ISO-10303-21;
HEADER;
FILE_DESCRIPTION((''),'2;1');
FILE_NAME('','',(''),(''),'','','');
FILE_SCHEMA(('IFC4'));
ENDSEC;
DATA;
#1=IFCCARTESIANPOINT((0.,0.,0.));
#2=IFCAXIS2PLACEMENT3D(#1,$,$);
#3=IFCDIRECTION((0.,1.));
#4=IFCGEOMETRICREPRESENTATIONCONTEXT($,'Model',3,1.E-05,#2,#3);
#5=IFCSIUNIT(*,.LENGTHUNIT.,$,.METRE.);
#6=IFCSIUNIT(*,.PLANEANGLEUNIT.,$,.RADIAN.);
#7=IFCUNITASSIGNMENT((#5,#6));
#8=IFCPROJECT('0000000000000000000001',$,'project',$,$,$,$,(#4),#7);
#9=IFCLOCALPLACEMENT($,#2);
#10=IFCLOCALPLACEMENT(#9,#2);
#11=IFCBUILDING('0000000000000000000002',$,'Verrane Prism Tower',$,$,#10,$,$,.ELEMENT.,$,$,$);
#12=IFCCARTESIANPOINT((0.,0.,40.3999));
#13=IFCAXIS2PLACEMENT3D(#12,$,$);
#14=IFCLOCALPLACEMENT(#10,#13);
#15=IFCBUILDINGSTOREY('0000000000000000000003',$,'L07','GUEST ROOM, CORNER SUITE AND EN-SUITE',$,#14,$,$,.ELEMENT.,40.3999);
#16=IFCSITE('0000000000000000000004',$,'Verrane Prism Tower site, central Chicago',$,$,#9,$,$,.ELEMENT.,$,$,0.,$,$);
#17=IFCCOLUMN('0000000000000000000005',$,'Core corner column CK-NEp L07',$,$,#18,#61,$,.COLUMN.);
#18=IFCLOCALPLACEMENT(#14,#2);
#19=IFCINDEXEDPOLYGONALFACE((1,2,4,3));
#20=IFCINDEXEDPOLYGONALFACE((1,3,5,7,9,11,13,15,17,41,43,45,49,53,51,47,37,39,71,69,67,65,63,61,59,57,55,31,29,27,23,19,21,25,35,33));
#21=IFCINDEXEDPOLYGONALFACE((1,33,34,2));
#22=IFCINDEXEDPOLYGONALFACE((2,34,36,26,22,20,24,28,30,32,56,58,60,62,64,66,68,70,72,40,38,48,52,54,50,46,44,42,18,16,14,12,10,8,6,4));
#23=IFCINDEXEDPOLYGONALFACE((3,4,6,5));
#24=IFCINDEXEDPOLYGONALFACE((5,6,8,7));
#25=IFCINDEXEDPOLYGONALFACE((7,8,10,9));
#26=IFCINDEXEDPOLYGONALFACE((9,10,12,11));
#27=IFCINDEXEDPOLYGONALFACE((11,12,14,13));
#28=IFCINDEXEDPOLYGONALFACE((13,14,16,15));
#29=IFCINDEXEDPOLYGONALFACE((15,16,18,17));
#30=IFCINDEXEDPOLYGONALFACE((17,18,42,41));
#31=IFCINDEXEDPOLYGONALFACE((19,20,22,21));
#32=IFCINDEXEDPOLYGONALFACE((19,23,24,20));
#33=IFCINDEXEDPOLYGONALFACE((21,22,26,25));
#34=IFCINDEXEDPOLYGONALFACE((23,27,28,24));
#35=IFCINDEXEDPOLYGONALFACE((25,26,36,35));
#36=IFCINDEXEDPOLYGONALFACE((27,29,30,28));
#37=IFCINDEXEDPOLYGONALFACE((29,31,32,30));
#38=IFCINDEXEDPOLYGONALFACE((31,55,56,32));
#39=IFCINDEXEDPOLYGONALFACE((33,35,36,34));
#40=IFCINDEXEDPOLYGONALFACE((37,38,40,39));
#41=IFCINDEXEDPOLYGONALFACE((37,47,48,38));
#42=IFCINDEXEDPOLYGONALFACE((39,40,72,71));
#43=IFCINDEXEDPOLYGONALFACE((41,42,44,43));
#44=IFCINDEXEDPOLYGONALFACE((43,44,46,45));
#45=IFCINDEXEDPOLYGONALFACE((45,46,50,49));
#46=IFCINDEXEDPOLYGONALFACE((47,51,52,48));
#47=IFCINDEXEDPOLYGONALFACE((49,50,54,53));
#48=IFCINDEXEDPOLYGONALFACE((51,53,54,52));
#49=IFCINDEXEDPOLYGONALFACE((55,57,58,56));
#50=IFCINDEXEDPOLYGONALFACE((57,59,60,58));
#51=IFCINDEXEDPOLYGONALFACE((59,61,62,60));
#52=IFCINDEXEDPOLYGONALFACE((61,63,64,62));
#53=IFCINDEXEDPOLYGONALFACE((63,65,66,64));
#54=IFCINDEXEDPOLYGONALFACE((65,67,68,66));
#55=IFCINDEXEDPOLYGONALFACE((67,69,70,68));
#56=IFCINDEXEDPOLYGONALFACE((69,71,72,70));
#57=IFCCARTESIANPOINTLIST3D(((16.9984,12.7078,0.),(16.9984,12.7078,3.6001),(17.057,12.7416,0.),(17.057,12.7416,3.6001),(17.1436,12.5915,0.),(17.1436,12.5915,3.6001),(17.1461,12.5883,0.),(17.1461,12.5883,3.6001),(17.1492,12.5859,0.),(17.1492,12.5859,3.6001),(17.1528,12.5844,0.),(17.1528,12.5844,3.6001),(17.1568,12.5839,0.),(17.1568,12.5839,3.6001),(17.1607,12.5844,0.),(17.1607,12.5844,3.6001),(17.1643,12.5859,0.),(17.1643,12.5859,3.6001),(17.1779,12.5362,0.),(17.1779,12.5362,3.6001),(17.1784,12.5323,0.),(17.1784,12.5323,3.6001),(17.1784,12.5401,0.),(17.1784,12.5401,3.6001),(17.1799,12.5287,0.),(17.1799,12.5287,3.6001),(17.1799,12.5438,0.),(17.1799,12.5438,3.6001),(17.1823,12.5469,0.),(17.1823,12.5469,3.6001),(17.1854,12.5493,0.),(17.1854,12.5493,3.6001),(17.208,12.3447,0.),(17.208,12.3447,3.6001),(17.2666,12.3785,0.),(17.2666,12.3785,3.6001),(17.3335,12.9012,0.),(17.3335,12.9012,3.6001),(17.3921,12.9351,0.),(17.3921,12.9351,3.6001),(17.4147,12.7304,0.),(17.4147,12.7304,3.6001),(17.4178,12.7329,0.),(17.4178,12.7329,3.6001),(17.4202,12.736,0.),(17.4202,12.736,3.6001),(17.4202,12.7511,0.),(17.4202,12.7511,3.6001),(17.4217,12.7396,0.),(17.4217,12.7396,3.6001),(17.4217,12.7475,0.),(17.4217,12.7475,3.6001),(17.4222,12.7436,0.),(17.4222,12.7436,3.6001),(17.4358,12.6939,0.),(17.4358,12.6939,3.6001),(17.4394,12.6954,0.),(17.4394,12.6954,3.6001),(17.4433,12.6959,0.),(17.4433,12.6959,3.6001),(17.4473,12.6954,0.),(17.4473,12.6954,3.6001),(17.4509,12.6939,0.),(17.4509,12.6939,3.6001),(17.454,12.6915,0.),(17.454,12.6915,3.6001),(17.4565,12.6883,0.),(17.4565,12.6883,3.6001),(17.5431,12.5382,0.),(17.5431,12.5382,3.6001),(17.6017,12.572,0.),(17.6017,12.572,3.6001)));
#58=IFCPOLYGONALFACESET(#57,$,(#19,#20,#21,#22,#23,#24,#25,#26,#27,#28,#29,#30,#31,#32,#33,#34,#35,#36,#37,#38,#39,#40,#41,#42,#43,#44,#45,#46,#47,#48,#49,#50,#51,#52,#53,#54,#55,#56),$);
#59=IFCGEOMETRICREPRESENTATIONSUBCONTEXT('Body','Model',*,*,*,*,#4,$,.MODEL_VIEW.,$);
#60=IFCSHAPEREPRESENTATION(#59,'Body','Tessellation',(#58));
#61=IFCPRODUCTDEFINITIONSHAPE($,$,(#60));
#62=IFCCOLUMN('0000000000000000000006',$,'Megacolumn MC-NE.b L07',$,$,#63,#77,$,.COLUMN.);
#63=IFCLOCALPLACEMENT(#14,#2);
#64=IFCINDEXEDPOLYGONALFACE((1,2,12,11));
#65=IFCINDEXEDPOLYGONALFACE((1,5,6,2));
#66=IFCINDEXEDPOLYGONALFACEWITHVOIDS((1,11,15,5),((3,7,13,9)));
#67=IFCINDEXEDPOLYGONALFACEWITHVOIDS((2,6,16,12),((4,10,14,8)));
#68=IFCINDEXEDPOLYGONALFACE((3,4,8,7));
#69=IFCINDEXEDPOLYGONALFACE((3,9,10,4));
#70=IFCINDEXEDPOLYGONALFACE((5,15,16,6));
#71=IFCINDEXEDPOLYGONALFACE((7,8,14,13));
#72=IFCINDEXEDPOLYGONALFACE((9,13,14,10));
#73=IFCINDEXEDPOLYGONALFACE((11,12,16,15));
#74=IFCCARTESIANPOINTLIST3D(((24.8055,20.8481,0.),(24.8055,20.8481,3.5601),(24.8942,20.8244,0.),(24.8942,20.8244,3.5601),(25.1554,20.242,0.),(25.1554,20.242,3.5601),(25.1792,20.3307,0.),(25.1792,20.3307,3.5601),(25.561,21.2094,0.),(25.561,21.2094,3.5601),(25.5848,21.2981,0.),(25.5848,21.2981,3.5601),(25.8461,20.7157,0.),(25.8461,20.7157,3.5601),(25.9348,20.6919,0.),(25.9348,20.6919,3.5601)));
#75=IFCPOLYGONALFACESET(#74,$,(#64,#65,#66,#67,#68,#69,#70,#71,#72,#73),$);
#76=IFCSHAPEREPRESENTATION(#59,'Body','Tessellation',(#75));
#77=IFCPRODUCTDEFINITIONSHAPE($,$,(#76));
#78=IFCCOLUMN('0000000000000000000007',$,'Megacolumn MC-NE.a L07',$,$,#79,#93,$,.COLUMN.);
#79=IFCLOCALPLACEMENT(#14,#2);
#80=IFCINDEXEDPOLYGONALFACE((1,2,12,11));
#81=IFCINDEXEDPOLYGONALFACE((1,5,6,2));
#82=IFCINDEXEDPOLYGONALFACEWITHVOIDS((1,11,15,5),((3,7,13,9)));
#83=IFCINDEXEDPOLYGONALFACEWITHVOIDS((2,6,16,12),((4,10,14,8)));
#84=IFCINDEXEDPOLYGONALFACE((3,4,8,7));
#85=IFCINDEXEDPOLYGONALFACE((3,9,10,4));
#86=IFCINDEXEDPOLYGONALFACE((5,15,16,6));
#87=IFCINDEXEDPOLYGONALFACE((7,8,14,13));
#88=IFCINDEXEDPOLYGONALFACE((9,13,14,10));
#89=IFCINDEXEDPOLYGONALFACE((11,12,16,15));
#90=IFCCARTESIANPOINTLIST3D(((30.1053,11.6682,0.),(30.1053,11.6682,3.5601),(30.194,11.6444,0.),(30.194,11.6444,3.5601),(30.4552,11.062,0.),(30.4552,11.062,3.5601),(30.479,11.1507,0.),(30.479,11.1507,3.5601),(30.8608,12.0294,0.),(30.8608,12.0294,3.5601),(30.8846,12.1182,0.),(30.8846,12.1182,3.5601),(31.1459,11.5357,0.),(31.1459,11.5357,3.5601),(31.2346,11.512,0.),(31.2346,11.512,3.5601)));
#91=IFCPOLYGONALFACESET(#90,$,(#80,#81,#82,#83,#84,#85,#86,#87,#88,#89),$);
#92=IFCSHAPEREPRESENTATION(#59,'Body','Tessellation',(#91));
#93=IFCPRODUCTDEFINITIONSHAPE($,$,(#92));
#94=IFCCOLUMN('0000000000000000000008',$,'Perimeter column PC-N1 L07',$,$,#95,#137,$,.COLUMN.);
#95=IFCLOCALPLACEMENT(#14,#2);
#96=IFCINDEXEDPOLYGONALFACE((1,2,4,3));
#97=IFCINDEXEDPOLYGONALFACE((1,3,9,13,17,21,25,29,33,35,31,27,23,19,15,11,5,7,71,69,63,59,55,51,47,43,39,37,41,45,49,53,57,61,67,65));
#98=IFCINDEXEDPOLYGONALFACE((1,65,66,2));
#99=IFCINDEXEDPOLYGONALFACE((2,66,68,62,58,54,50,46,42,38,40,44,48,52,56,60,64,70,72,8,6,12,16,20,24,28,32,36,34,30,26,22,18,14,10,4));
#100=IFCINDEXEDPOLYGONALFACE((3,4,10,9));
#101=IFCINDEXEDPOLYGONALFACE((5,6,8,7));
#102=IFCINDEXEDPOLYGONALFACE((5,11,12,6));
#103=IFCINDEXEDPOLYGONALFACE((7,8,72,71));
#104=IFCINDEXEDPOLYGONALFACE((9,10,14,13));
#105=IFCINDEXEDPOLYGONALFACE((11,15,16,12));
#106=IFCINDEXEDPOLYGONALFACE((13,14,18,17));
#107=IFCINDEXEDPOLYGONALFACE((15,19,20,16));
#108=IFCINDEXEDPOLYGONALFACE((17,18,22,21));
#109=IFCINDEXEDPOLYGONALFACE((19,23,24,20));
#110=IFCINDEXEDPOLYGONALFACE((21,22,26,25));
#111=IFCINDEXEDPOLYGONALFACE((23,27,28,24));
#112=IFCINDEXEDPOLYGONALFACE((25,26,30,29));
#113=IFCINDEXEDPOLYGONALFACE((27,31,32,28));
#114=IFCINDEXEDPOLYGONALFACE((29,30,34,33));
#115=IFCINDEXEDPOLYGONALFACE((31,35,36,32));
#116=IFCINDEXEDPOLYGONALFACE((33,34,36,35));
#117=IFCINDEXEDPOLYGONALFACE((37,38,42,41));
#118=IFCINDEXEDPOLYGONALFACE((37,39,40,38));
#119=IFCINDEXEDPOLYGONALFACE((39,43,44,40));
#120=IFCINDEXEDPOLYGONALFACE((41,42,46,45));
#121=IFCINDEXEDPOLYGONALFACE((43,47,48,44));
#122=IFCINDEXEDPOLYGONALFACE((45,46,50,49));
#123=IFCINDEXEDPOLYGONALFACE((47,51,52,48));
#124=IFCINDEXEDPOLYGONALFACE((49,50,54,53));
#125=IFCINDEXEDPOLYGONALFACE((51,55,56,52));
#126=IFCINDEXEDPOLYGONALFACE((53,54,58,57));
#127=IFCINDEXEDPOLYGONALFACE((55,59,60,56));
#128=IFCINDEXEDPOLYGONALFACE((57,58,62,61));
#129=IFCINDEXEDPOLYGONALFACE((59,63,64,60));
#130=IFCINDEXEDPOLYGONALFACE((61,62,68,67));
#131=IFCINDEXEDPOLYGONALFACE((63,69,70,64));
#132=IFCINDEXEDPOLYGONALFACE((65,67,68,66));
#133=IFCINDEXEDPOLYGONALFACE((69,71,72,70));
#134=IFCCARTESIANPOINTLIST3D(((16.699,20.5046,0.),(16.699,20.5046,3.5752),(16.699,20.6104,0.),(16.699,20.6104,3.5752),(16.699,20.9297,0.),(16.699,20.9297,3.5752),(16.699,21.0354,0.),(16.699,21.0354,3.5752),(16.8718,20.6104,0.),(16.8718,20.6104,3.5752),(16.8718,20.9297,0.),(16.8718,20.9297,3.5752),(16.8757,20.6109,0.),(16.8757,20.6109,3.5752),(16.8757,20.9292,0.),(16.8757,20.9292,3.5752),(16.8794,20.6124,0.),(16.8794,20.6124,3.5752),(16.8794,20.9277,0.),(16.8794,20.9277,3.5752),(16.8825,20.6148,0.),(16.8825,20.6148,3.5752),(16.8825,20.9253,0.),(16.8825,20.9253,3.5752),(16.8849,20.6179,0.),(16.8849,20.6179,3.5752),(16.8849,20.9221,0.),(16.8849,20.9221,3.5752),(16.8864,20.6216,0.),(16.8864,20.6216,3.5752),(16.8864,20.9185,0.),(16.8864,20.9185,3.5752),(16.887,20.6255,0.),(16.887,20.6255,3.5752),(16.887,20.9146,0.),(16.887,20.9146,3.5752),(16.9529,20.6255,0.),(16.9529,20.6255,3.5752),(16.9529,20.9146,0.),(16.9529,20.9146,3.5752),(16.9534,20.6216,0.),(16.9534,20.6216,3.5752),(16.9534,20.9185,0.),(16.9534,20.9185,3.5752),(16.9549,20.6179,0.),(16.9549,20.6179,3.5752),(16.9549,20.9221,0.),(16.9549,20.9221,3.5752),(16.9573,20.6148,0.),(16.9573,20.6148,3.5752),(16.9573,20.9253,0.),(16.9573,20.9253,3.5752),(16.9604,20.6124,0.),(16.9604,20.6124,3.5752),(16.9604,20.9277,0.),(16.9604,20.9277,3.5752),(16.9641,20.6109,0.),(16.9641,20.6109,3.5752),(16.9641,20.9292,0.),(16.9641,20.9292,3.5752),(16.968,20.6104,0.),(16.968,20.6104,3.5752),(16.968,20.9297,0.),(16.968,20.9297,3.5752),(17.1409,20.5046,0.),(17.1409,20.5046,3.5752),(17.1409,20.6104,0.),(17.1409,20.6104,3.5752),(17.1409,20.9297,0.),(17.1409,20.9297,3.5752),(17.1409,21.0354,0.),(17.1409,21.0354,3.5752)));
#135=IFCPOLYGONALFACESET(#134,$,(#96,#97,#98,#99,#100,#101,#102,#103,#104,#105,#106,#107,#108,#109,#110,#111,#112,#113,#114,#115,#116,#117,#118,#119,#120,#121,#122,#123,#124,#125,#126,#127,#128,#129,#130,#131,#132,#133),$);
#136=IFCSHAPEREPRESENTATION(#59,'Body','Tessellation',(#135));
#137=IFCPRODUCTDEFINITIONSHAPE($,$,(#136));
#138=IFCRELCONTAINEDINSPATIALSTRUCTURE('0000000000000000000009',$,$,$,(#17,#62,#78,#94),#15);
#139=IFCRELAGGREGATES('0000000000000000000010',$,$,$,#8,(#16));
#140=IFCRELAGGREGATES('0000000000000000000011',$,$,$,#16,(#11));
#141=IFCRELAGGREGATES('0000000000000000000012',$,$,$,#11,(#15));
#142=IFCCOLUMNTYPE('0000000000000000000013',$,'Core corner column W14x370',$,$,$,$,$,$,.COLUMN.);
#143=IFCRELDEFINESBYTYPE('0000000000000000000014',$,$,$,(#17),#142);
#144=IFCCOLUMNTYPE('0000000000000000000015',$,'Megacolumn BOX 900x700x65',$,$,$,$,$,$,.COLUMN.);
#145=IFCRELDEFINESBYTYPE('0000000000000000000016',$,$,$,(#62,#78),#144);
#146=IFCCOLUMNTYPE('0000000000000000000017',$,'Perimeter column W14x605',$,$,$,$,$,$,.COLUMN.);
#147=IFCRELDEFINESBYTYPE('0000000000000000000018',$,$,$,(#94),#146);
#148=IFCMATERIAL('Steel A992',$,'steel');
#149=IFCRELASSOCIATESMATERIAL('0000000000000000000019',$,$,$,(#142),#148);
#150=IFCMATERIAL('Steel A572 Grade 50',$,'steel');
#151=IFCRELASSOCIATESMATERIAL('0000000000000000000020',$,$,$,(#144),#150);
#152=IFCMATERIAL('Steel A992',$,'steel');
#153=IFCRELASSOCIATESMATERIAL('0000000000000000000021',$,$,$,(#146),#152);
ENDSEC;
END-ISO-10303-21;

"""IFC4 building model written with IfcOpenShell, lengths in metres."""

from ifc_helpers import new_model, si_unit, direction, frame, origin, origin_2d, place, context, subcontext, project, spatial, hollow_rectangle, i_section, extrude, material, material_profile, profile_set, type_object, element, save


model = new_model("IFC4")

# Units and contexts
model_context = context("Model", 3, precision=1e-05, world=origin(), true_north=direction((0.0, 1.0)))
body_context = subcontext(model_context, "Body", "Model", "MODEL_VIEW")
ifc_project = project(units=[si_unit("LENGTHUNIT", "METRE"), si_unit("PLANEANGLEUNIT", "RADIAN")], contexts=[model_context])

# Site, building, storey
site_placement = place(None, origin())
site = spatial("IfcSite", under=ifc_project, at=site_placement, Name="Verrane Prism Tower site, central Chicago", CompositionType="ELEMENT", RefElevation=0.0)
building_placement = place(site_placement, origin())
building = spatial("IfcBuilding", under=site, at=building_placement, Name="Verrane Prism Tower", CompositionType="ELEMENT")
storey_placement = place(building_placement, frame((0.0, 0.0, 40.3999)))
storey = spatial("IfcBuildingStorey", under=building, at=storey_placement, Name="L07", Description="GUEST ROOM, CORNER SUITE AND EN-SUITE", CompositionType="ELEMENT", Elevation=40.3999)

# Columns
ifc_material_1 = material(Name="Steel A992", Category="steel")
ifc_material_profile_1 = material_profile(ifc_material_1, i_section(OverallWidth=0.4192, OverallDepth=0.4546, WebThickness=0.0422, FlangeThickness=0.0676, FilletRadius=0.0151, at=origin_2d()), Name="W14x370")
ifc_profile_set_1 = profile_set([ifc_material_profile_1], Name="Steel A992")
column_type_1 = type_object("IfcColumnType", Name="Core corner column W14x370", PredefinedType="COLUMN", material=ifc_profile_set_1)
column_1_placement = place(storey_placement, frame((17.3, 12.6399, 0.0), z_axis=(0.0, 0.0, 1.0), x_axis=(0.5, -0.866025, 0.0)))
element("IfcColumn", 1, at=column_1_placement, inside=storey, type_object=column_type_1, Name="Core corner column CK-NEp L07", PredefinedType="COLUMN", context=body_context, shape_type="SweptSolid", body=[
    extrude(i_section(OverallWidth=0.4192, OverallDepth=0.4546, WebThickness=0.0422, FlangeThickness=0.0676, FilletRadius=0.0151, at=origin_2d()), origin(), (0.0, 0.0, 1.0), 3.6001),
])
ifc_material_2 = material(Name="Steel A572 Grade 50", Category="steel")
ifc_material_profile_2 = material_profile(ifc_material_2, hollow_rectangle(XDim=0.7, YDim=0.8999, WallThickness=0.0649, at=origin_2d()), Name="BOX 900x700x65")
ifc_profile_set_2 = profile_set([ifc_material_profile_2], Name="Steel A572 Grade 50")
column_type_2 = type_object("IfcColumnType", Name="Megacolumn BOX 900x700x65", PredefinedType="COLUMN", material=ifc_profile_set_2)
for number, where, z_axis, x_axis, name in (
    (2, (25.3701, 20.77, 0.0), (0.0, 0.0, 1.0), (0.5, -0.866025, 0.0), "Megacolumn MC-NE.b L07"),
    (3, (30.6699, 11.5901, 0.0), (0.0, 0.0, 1.0), (0.5, -0.866025, 0.0), "Megacolumn MC-NE.a L07"),
):
    element("IfcColumn", number, at=place(storey_placement, frame(where, z_axis=z_axis, x_axis=x_axis)), inside=storey, type_object=column_type_2, Name=name, PredefinedType="COLUMN", context=body_context, shape_type="SweptSolid", body=[
        extrude(hollow_rectangle(XDim=0.7, YDim=0.8999, WallThickness=0.0649, at=origin_2d()), origin(), (0.0, 0.0, 1.0), 3.5601),
    ])
ifc_material_3 = material(Name="Steel A992", Category="steel")
ifc_material_profile_3 = material_profile(ifc_material_3, i_section(OverallWidth=0.4419, OverallDepth=0.5308, WebThickness=0.0659, FlangeThickness=0.1057, FilletRadius=0.0151, at=origin_2d()), Name="W14x605")
ifc_profile_set_3 = profile_set([ifc_material_profile_3], Name="Steel A992")
column_type_3 = type_object("IfcColumnType", Name="Perimeter column W14x605", PredefinedType="COLUMN", material=ifc_profile_set_3)
column_2_placement = place(storey_placement, frame((16.9199, 20.77, 0.0), z_axis=(0.0, 0.0, 1.0), x_axis=(1.0, 0.0, 0.0)))
element("IfcColumn", 4, at=column_2_placement, inside=storey, type_object=column_type_3, Name="Perimeter column PC-N1 L07", PredefinedType="COLUMN", context=body_context, shape_type="SweptSolid", body=[
    extrude(i_section(OverallWidth=0.4419, OverallDepth=0.5308, WebThickness=0.0659, FlangeThickness=0.1057, FilletRadius=0.0151, at=origin_2d()), origin(), (0.0, 0.0, 1.0), 3.5752),
])

save(model, "model.ifc")
